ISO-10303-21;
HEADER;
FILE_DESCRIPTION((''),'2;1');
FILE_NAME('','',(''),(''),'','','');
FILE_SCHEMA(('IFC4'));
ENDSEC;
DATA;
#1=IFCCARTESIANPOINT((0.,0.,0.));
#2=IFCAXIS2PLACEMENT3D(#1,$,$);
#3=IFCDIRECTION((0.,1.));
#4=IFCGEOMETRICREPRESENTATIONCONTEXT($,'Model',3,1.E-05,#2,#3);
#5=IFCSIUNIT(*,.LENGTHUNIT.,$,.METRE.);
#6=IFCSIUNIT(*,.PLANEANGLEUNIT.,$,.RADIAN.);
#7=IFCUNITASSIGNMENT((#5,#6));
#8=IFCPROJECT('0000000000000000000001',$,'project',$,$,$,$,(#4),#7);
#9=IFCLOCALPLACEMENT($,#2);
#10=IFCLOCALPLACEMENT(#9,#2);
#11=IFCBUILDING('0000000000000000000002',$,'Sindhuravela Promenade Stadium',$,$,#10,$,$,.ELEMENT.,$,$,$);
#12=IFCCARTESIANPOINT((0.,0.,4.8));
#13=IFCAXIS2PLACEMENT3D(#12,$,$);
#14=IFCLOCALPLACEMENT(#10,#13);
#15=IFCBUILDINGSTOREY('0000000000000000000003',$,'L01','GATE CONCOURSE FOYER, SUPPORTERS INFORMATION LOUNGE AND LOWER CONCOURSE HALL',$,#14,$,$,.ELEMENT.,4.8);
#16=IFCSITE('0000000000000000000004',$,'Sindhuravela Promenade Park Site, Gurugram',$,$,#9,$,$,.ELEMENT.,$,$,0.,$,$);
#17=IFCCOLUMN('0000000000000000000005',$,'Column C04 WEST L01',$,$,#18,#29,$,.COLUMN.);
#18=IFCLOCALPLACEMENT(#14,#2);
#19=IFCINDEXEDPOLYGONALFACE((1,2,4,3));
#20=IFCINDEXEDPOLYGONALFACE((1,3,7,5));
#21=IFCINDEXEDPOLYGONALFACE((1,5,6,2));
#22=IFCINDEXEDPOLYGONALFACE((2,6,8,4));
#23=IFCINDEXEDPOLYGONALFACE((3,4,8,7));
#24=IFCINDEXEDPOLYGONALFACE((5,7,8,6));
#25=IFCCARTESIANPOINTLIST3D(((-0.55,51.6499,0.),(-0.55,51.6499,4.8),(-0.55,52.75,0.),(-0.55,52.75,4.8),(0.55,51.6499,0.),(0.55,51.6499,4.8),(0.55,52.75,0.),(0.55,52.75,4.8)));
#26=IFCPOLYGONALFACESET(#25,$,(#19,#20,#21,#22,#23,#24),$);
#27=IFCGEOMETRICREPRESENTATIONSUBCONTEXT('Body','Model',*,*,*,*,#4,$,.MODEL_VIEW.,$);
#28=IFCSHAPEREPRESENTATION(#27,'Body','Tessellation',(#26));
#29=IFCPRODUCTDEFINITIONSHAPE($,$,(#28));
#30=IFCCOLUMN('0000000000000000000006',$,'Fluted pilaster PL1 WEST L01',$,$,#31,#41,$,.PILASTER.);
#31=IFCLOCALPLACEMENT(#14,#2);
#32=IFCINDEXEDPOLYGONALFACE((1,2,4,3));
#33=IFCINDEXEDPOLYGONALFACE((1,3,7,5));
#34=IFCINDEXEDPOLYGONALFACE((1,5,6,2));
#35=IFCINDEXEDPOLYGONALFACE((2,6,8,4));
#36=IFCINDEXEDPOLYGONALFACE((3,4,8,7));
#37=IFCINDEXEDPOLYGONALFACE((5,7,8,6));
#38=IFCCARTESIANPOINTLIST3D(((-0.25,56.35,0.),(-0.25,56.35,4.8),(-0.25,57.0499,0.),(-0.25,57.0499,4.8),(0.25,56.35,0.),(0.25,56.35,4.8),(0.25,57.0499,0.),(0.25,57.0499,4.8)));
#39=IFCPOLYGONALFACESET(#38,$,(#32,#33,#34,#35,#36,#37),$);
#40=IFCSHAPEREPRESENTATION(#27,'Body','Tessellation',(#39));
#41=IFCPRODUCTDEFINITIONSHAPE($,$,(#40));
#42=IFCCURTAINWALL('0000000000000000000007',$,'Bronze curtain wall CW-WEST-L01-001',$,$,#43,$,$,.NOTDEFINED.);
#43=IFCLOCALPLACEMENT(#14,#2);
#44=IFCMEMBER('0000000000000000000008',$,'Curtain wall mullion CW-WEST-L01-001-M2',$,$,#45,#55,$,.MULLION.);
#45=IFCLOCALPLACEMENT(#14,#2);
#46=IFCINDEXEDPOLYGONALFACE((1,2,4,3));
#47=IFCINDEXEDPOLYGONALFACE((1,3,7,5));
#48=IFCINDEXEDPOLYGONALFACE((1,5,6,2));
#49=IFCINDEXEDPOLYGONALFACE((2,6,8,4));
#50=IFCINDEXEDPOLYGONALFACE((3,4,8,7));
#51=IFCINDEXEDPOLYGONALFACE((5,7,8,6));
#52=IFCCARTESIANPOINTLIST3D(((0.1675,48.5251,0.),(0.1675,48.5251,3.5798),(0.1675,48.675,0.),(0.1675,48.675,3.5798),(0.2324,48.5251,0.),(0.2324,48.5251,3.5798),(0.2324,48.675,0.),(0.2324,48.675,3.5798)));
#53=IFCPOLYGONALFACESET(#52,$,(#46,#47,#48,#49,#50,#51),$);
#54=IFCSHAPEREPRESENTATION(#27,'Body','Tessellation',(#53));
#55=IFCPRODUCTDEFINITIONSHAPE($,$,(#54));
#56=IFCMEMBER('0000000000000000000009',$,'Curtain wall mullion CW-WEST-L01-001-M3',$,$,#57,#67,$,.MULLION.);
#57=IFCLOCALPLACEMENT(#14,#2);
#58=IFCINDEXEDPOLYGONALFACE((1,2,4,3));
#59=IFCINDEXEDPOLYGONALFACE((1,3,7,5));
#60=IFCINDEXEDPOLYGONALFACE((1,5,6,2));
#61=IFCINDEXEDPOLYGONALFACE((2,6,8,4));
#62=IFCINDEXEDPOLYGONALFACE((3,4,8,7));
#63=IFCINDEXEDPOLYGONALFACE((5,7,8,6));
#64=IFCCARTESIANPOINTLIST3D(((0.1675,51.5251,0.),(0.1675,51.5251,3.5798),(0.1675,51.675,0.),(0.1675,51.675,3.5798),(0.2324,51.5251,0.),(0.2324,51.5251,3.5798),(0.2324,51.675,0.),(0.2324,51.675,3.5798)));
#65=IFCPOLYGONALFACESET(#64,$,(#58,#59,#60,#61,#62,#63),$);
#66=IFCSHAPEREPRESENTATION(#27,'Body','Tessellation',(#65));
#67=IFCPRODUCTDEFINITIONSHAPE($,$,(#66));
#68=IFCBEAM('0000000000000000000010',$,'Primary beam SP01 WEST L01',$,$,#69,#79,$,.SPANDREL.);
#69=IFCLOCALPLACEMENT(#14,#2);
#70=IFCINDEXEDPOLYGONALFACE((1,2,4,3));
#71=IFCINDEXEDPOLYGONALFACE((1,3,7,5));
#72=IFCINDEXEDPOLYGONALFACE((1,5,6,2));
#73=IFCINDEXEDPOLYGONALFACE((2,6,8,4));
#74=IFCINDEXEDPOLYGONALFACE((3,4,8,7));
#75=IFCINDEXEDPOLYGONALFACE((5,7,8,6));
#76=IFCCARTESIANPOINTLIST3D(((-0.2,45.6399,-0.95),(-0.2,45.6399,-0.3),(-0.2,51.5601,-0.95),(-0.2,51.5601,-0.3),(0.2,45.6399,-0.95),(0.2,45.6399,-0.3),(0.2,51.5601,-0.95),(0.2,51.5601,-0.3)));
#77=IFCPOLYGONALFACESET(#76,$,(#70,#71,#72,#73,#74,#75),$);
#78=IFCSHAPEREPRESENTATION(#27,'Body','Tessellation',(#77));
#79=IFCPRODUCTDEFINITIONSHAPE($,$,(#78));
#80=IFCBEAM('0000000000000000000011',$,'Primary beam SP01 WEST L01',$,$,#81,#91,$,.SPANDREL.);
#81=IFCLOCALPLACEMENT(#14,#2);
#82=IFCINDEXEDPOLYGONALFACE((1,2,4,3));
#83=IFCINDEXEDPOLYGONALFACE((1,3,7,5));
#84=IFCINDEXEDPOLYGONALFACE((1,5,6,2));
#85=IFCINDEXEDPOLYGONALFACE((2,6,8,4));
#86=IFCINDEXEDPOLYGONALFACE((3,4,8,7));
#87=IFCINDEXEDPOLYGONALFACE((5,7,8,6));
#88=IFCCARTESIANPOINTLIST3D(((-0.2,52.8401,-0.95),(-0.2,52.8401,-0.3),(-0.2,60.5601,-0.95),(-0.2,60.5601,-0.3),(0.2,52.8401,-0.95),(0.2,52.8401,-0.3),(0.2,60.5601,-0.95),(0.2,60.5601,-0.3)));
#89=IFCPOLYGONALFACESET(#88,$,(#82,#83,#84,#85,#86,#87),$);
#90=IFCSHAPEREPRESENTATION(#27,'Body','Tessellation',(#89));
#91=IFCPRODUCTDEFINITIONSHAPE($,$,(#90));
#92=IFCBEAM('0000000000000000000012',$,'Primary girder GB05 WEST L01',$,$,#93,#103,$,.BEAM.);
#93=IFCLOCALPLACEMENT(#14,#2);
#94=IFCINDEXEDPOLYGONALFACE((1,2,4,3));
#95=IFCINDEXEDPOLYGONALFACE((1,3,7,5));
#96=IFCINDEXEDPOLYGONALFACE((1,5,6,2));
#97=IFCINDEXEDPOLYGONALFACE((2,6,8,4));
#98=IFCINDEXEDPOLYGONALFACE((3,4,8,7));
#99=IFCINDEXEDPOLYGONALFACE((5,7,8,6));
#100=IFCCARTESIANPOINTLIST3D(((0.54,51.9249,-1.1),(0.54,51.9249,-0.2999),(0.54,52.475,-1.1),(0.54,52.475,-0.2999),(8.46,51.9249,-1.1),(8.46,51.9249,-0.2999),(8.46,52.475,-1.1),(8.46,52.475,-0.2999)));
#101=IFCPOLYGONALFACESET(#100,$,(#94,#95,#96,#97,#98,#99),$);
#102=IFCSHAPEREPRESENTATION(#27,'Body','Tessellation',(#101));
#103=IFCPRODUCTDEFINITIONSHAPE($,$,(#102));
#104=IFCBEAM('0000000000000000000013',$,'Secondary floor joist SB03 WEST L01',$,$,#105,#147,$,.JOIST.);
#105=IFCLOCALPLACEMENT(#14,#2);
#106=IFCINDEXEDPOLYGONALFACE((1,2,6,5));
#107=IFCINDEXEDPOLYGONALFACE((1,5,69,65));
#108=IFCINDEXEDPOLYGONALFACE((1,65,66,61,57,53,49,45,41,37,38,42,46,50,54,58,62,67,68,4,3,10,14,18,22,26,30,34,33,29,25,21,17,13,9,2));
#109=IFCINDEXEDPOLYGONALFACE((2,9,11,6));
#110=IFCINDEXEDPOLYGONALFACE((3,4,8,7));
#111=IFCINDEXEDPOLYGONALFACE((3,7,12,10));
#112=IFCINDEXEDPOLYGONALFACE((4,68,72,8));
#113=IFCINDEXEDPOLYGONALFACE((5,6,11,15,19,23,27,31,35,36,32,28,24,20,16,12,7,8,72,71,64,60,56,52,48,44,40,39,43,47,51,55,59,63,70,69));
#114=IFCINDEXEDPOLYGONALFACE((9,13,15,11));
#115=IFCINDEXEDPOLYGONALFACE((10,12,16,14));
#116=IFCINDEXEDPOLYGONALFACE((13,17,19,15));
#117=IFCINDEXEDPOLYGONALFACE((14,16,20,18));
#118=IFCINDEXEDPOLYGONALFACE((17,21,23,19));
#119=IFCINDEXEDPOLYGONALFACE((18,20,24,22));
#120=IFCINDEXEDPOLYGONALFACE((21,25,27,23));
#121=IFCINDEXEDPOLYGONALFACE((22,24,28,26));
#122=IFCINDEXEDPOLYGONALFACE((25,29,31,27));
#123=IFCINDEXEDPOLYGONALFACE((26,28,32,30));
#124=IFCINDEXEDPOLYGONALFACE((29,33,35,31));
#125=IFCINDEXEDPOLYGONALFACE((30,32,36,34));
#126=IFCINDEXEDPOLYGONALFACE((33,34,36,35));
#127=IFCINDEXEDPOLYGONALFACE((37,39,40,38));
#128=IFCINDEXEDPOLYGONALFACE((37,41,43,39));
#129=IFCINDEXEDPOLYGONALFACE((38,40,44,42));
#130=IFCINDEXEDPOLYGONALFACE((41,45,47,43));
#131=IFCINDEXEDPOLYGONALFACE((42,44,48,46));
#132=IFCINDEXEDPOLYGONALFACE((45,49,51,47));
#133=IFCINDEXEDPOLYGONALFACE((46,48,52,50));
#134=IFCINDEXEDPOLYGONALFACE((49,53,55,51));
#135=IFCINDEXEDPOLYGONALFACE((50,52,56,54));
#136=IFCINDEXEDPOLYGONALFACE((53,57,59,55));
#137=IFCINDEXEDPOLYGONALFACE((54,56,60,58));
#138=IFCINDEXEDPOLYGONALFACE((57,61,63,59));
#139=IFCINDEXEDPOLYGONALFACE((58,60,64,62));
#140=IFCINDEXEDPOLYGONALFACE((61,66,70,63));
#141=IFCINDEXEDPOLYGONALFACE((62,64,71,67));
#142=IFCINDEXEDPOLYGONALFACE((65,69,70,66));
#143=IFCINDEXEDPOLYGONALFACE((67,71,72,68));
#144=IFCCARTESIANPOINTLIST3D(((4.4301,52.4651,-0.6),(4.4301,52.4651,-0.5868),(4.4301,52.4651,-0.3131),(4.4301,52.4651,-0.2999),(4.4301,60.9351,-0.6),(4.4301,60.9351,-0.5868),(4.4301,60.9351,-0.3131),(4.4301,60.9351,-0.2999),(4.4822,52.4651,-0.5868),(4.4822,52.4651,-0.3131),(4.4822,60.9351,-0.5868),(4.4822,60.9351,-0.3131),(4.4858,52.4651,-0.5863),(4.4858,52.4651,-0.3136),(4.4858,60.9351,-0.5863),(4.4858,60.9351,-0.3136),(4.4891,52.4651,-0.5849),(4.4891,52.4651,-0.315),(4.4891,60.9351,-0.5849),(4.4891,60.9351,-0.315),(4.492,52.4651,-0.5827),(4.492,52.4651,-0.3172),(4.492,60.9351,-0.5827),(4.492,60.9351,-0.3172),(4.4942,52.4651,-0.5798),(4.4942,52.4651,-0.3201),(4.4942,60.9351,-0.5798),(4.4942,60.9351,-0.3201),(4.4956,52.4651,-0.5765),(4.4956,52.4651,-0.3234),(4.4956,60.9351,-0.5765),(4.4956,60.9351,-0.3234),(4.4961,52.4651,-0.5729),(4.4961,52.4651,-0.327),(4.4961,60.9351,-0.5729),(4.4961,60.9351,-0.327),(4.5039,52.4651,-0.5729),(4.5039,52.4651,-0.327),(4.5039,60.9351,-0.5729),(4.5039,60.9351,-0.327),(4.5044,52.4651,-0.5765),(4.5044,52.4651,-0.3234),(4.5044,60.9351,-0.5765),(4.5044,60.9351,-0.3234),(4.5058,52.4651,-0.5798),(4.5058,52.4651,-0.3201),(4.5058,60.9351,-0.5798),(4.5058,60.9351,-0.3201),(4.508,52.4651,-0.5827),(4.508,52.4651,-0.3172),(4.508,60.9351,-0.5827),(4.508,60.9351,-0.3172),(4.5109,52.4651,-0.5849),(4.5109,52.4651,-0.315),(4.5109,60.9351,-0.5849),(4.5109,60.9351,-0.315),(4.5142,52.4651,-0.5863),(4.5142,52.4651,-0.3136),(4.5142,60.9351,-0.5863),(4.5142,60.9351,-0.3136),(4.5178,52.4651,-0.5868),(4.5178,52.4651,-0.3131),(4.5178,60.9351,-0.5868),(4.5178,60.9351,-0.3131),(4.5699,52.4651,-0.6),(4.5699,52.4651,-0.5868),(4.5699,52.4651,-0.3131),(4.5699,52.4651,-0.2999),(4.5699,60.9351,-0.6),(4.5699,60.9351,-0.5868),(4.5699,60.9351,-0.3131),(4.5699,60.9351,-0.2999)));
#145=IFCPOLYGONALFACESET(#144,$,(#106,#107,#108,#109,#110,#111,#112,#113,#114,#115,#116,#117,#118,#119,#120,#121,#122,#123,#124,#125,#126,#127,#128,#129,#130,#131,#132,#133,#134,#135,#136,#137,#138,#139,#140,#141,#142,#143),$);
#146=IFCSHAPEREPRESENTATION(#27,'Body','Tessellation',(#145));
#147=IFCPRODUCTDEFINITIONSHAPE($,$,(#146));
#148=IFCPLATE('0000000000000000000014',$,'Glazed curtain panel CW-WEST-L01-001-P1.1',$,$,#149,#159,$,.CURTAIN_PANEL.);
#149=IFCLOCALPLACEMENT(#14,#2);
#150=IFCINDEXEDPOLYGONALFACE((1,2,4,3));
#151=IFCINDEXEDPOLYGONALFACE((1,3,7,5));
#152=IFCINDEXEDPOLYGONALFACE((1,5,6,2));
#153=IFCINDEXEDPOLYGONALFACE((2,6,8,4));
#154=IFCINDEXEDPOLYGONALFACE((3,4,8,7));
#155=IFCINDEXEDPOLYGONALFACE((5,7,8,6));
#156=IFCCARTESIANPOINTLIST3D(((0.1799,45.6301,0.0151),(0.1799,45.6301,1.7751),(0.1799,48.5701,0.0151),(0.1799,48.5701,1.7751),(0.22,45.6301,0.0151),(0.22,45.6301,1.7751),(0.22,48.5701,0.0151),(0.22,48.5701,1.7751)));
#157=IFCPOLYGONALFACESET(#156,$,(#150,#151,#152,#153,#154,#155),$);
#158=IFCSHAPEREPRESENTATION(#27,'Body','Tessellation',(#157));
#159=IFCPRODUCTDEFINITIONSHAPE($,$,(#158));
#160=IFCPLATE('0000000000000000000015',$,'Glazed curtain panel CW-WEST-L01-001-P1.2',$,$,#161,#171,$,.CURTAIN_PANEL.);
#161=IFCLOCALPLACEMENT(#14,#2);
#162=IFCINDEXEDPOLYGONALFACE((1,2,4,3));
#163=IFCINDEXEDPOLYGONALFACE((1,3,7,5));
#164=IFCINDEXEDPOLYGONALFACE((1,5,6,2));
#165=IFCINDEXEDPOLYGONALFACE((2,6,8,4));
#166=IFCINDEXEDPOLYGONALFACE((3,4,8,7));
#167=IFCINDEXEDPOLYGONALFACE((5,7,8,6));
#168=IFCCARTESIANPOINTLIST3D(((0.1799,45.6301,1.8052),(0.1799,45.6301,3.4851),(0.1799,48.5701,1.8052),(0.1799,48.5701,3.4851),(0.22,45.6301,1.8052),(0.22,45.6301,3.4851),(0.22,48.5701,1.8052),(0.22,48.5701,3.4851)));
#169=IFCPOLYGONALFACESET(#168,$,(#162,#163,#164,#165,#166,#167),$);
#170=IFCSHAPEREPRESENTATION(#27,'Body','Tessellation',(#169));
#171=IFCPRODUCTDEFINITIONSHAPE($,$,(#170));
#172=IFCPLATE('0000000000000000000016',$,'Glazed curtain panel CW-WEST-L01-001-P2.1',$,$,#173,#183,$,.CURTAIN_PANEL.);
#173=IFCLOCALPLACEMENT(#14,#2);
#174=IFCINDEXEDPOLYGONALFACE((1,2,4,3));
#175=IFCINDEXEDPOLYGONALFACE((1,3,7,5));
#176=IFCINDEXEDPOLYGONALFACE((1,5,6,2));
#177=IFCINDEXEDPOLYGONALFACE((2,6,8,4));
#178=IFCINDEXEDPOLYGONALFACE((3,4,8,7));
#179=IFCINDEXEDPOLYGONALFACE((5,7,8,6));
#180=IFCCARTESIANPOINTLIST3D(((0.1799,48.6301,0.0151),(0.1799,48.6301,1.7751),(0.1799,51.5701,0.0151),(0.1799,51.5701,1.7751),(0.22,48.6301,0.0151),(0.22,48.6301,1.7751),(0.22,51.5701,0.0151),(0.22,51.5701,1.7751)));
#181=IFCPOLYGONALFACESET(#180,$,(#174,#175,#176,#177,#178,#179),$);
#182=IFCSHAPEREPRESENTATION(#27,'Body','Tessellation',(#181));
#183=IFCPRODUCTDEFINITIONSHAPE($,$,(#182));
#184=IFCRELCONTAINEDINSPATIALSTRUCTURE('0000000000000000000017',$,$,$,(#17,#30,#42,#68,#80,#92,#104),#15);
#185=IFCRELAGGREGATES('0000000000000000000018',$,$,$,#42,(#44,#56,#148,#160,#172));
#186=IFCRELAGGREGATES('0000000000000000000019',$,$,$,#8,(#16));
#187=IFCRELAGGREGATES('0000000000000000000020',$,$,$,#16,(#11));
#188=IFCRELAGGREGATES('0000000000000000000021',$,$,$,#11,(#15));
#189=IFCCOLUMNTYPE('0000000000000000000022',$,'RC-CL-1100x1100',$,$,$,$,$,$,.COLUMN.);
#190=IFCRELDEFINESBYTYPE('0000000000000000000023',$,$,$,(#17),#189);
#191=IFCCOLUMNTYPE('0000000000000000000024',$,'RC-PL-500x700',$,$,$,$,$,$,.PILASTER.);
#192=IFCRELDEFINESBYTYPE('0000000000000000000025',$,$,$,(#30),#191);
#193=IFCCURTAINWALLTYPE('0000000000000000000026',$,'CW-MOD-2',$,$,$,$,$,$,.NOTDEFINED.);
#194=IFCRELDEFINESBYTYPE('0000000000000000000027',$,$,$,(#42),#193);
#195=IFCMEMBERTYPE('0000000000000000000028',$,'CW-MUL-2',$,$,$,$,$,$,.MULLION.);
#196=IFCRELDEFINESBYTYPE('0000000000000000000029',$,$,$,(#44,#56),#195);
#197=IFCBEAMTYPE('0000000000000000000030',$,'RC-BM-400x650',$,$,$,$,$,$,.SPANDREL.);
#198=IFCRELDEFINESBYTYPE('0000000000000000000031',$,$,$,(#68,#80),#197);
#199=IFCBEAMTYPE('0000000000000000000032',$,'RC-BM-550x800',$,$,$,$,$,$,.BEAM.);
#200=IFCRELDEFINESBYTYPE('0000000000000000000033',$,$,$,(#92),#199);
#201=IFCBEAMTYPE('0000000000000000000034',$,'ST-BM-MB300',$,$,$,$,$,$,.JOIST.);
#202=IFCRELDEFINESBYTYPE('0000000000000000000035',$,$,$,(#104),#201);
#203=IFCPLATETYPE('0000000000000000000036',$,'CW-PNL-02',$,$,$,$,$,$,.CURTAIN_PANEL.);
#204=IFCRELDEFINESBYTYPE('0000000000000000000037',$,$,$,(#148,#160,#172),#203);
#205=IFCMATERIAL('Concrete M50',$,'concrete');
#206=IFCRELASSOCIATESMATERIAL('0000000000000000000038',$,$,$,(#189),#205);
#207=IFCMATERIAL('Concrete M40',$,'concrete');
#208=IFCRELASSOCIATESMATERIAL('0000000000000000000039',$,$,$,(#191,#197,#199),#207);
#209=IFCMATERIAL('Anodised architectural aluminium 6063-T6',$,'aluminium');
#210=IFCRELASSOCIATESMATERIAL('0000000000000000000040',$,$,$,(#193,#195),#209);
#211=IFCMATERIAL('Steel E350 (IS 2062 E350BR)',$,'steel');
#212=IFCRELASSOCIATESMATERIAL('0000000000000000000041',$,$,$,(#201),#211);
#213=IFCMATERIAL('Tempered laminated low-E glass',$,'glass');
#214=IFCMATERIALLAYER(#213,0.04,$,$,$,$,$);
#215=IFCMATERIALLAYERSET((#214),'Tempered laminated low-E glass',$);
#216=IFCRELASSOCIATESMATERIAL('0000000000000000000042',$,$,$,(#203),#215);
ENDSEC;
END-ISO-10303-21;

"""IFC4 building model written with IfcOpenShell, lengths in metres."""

from ifc_helpers import new_model, si_unit, direction, frame, origin, origin_2d, place, context, subcontext, project, spatial, rectangle, i_section, extrude, material, layer, layer_set, material_profile, profile_set, type_object, element, aggregate, save


model = new_model("IFC4")

# Units and contexts
model_context = context("Model", 3, precision=1e-05, world=origin(), true_north=direction((0.0, 1.0)))
body_context = subcontext(model_context, "Body", "Model", "MODEL_VIEW")
ifc_project = project(units=[si_unit("LENGTHUNIT", "METRE"), si_unit("PLANEANGLEUNIT", "RADIAN")], contexts=[model_context])

# Site, building, storey
site_placement = place(None, origin())
site = spatial("IfcSite", under=ifc_project, at=site_placement, Name="Sindhuravela Promenade Park Site, Gurugram", CompositionType="ELEMENT", RefElevation=0.0)
building_placement = place(site_placement, origin())
building = spatial("IfcBuilding", under=site, at=building_placement, Name="Sindhuravela Promenade Stadium", CompositionType="ELEMENT")
storey_placement = place(building_placement, frame((0.0, 0.0, 4.8)))
storey = spatial("IfcBuildingStorey", under=building, at=storey_placement, Name="L01", Description="GATE CONCOURSE FOYER, SUPPORTERS INFORMATION LOUNGE AND LOWER CONCOURSE HALL", CompositionType="ELEMENT", Elevation=4.8)

# Columns
ifc_material_1 = material(Name="Concrete M50", Category="concrete")
ifc_material_profile_1 = material_profile(ifc_material_1, rectangle(XDim=1.1001, YDim=1.1001, at=origin_2d()), Name="RC 1100x1100")
ifc_profile_set_1 = profile_set([ifc_material_profile_1], Name="Concrete M50")
column_type_1 = type_object("IfcColumnType", Name="RC-CL-1100x1100", PredefinedType="COLUMN", material=ifc_profile_set_1)
column_1_placement = place(storey_placement, frame((0.0, 52.2, 0.0), z_axis=(0.0, 0.0, 1.0), x_axis=(1.0, 0.0, 0.0)))
element("IfcColumn", 1, at=column_1_placement, inside=storey, type_object=column_type_1, Name="Column C04 WEST L01", PredefinedType="COLUMN", context=body_context, shape_type="SweptSolid", body=[
    extrude(rectangle(XDim=1.1001, YDim=1.1001, at=origin_2d()), origin(), (0.0, 0.0, 1.0), 4.8),
])
ifc_material_2 = material(Name="Concrete M40", Category="concrete")
ifc_material_profile_2 = material_profile(ifc_material_2, rectangle(XDim=0.5, YDim=0.7, at=origin_2d()), Name="PIL 500x700")
ifc_profile_set_2 = profile_set([ifc_material_profile_2], Name="Concrete M40")
column_type_2 = type_object("IfcColumnType", Name="RC-PL-500x700", PredefinedType="PILASTER", material=ifc_profile_set_2)
column_2_placement = place(storey_placement, frame((0.0, 56.7, 0.0), z_axis=(0.0, 0.0, 1.0), x_axis=(1.0, 0.0, 0.0)))
element("IfcColumn", 2, at=column_2_placement, inside=storey, type_object=column_type_2, Name="Fluted pilaster PL1 WEST L01", PredefinedType="PILASTER", context=body_context, shape_type="SweptSolid", body=[
    extrude(rectangle(XDim=0.5, YDim=0.7, at=origin_2d()), origin(), (0.0, 0.0, 1.0), 4.8),
])

# Curtain wall, members
ifc_material_3 = material(Name="Anodised architectural aluminium 6063-T6", Category="aluminium")
curtain_wall_type = type_object("IfcCurtainWallType", Name="CW-MOD-2", PredefinedType="NOTDEFINED", material=ifc_material_3)
curtain_wall_placement = place(storey_placement, origin())
curtain_wall = element("IfcCurtainWall", 3, at=curtain_wall_placement, inside=storey, type_object=curtain_wall_type, Name="Bronze curtain wall CW-WEST-L01-001", PredefinedType="NOTDEFINED")
ifc_material_profile_3 = material_profile(ifc_material_3, rectangle(XDim=0.0649, YDim=0.1499, at=origin_2d()), Name="ALU MULL 65x150")
ifc_profile_set_3 = profile_set([ifc_material_profile_3], Name="Anodised architectural aluminium 6063-T6")
member_type = type_object("IfcMemberType", Name="CW-MUL-2", PredefinedType="MULLION", material=ifc_profile_set_3)
member_1_placement = place(storey_placement, frame((0.2, 48.6001, 0.0), z_axis=(0.0, 0.0, 1.0), x_axis=(1.0, 0.0, 0.0)))
member_1 = element("IfcMember", 4, at=member_1_placement, type_object=member_type, Name="Curtain wall mullion CW-WEST-L01-001-M2", PredefinedType="MULLION", context=body_context, shape_type="SweptSolid", body=[
    extrude(rectangle(XDim=0.0649, YDim=0.1499, at=origin_2d()), origin(), (0.0, 0.0, 1.0), 3.5798),
])
member_2_placement = place(storey_placement, frame((0.2, 51.6001, 0.0), z_axis=(0.0, 0.0, 1.0), x_axis=(1.0, 0.0, 0.0)))
member_2 = element("IfcMember", 5, at=member_2_placement, type_object=member_type, Name="Curtain wall mullion CW-WEST-L01-001-M3", PredefinedType="MULLION", context=body_context, shape_type="SweptSolid", body=[
    extrude(rectangle(XDim=0.0649, YDim=0.1499, at=origin_2d()), origin(), (0.0, 0.0, 1.0), 3.5798),
])

# Beams
ifc_material_profile_4 = material_profile(ifc_material_2, rectangle(XDim=0.3999, YDim=0.6499, at=origin_2d()), Name="RC 400x650")
ifc_profile_set_4 = profile_set([ifc_material_profile_4], Name="Concrete M40")
beam_type_1 = type_object("IfcBeamType", Name="RC-BM-400x650", PredefinedType="SPANDREL", material=ifc_profile_set_4)
beam_1_placement = place(storey_placement, frame((0.0, 45.6399, -0.625), z_axis=(0.0, 1.0, 0.0), x_axis=(-1.0, 0.0, 0.0)))
element("IfcBeam", 6, at=beam_1_placement, inside=storey, type_object=beam_type_1, Name="Primary beam SP01 WEST L01", PredefinedType="SPANDREL", context=body_context, shape_type="SweptSolid", body=[
    extrude(rectangle(XDim=0.3999, YDim=0.6499, at=origin_2d()), origin(), (0.0, 0.0, 1.0), 5.9202),
])
beam_2_placement = place(storey_placement, frame((0.0, 52.8401, -0.625), z_axis=(0.0, 1.0, 0.0), x_axis=(-1.0, 0.0, 0.0)))
element("IfcBeam", 7, at=beam_2_placement, inside=storey, type_object=beam_type_1, Name="Primary beam SP01 WEST L01", PredefinedType="SPANDREL", context=body_context, shape_type="SweptSolid", body=[
    extrude(rectangle(XDim=0.3999, YDim=0.6499, at=origin_2d()), origin(), (0.0, 0.0, 1.0), 7.72),
])
ifc_material_profile_5 = material_profile(ifc_material_2, rectangle(XDim=0.55, YDim=0.8, at=origin_2d()), Name="RC 550x800")
ifc_profile_set_5 = profile_set([ifc_material_profile_5], Name="Concrete M40")
beam_type_2 = type_object("IfcBeamType", Name="RC-BM-550x800", PredefinedType="BEAM", material=ifc_profile_set_5)
beam_3_placement = place(storey_placement, frame((0.54, 52.2, -0.7), z_axis=(1.0, 0.0, 0.0), x_axis=(0.0, 1.0, 0.0)))
element("IfcBeam", 8, at=beam_3_placement, inside=storey, type_object=beam_type_2, Name="Primary girder GB05 WEST L01", PredefinedType="BEAM", context=body_context, shape_type="SweptSolid", body=[
    extrude(rectangle(XDim=0.55, YDim=0.8, at=origin_2d()), origin(), (0.0, 0.0, 1.0), 7.9199),
])
ifc_material_4 = material(Name="Steel E350 (IS 2062 E350BR)", Category="steel")
ifc_material_profile_6 = material_profile(ifc_material_4, i_section(OverallWidth=0.1399, OverallDepth=0.3, WebThickness=0.0078, FlangeThickness=0.0132, FilletRadius=0.0139, at=origin_2d()), Name="ISMB 300")
ifc_profile_set_6 = profile_set([ifc_material_profile_6], Name="Steel E350 (IS 2062 E350BR)")
beam_type_3 = type_object("IfcBeamType", Name="ST-BM-MB300", PredefinedType="JOIST", material=ifc_profile_set_6)
beam_4_placement = place(storey_placement, frame((4.5, 52.4651, -0.45), z_axis=(0.0, 1.0, 0.0), x_axis=(-1.0, 0.0, 0.0)))
element("IfcBeam", 9, at=beam_4_placement, inside=storey, type_object=beam_type_3, Name="Secondary floor joist SB03 WEST L01", PredefinedType="JOIST", context=body_context, shape_type="SweptSolid", body=[
    extrude(i_section(OverallWidth=0.1399, OverallDepth=0.3, WebThickness=0.0078, FlangeThickness=0.0132, FilletRadius=0.0139, at=origin_2d()), origin(), (0.0, 0.0, 1.0), 8.47),
])

# Plates
ifc_material_5 = material(Name="Tempered laminated low-E glass", Category="glass")
ifc_layer_1 = layer(ifc_material_5, 0.04)
ifc_layer_set_1 = layer_set([ifc_layer_1], Name="Tempered laminated low-E glass")
plate_type = type_object("IfcPlateType", Name="CW-PNL-02", PredefinedType="CURTAIN_PANEL", material=ifc_layer_set_1)
plate_1_placement = place(storey_placement, frame((0.2, 47.1001, 0.0151), z_axis=(0.0, 0.0, 1.0), x_axis=(0.0, 1.0, 0.0)))
plate_1 = element("IfcPlate", 10, at=plate_1_placement, type_object=plate_type, Name="Glazed curtain panel CW-WEST-L01-001-P1.1", PredefinedType="CURTAIN_PANEL", context=body_context, shape_type="SweptSolid", body=[
    extrude(rectangle(XDim=2.9399, YDim=0.04, at=origin_2d()), origin(), (0.0, 0.0, 1.0), 1.76),
])
plate_2_placement = place(storey_placement, frame((0.2, 47.1001, 1.8052), z_axis=(0.0, 0.0, 1.0), x_axis=(0.0, 1.0, 0.0)))
plate_2 = element("IfcPlate", 11, at=plate_2_placement, type_object=plate_type, Name="Glazed curtain panel CW-WEST-L01-001-P1.2", PredefinedType="CURTAIN_PANEL", context=body_context, shape_type="SweptSolid", body=[
    extrude(rectangle(XDim=2.9399, YDim=0.04, at=origin_2d()), origin(), (0.0, 0.0, 1.0), 1.6799),
])
plate_3_placement = place(storey_placement, frame((0.2, 50.1001, 0.0151), z_axis=(0.0, 0.0, 1.0), x_axis=(0.0, 1.0, 0.0)))
plate_3 = element("IfcPlate", 12, at=plate_3_placement, type_object=plate_type, Name="Glazed curtain panel CW-WEST-L01-001-P2.1", PredefinedType="CURTAIN_PANEL", context=body_context, shape_type="SweptSolid", body=[
    extrude(rectangle(XDim=2.9399, YDim=0.04, at=origin_2d()), origin(), (0.0, 0.0, 1.0), 1.76),
])
aggregate(curtain_wall, [member_1, member_2, plate_1, plate_2, plate_3])

save(model, "model.ifc")
